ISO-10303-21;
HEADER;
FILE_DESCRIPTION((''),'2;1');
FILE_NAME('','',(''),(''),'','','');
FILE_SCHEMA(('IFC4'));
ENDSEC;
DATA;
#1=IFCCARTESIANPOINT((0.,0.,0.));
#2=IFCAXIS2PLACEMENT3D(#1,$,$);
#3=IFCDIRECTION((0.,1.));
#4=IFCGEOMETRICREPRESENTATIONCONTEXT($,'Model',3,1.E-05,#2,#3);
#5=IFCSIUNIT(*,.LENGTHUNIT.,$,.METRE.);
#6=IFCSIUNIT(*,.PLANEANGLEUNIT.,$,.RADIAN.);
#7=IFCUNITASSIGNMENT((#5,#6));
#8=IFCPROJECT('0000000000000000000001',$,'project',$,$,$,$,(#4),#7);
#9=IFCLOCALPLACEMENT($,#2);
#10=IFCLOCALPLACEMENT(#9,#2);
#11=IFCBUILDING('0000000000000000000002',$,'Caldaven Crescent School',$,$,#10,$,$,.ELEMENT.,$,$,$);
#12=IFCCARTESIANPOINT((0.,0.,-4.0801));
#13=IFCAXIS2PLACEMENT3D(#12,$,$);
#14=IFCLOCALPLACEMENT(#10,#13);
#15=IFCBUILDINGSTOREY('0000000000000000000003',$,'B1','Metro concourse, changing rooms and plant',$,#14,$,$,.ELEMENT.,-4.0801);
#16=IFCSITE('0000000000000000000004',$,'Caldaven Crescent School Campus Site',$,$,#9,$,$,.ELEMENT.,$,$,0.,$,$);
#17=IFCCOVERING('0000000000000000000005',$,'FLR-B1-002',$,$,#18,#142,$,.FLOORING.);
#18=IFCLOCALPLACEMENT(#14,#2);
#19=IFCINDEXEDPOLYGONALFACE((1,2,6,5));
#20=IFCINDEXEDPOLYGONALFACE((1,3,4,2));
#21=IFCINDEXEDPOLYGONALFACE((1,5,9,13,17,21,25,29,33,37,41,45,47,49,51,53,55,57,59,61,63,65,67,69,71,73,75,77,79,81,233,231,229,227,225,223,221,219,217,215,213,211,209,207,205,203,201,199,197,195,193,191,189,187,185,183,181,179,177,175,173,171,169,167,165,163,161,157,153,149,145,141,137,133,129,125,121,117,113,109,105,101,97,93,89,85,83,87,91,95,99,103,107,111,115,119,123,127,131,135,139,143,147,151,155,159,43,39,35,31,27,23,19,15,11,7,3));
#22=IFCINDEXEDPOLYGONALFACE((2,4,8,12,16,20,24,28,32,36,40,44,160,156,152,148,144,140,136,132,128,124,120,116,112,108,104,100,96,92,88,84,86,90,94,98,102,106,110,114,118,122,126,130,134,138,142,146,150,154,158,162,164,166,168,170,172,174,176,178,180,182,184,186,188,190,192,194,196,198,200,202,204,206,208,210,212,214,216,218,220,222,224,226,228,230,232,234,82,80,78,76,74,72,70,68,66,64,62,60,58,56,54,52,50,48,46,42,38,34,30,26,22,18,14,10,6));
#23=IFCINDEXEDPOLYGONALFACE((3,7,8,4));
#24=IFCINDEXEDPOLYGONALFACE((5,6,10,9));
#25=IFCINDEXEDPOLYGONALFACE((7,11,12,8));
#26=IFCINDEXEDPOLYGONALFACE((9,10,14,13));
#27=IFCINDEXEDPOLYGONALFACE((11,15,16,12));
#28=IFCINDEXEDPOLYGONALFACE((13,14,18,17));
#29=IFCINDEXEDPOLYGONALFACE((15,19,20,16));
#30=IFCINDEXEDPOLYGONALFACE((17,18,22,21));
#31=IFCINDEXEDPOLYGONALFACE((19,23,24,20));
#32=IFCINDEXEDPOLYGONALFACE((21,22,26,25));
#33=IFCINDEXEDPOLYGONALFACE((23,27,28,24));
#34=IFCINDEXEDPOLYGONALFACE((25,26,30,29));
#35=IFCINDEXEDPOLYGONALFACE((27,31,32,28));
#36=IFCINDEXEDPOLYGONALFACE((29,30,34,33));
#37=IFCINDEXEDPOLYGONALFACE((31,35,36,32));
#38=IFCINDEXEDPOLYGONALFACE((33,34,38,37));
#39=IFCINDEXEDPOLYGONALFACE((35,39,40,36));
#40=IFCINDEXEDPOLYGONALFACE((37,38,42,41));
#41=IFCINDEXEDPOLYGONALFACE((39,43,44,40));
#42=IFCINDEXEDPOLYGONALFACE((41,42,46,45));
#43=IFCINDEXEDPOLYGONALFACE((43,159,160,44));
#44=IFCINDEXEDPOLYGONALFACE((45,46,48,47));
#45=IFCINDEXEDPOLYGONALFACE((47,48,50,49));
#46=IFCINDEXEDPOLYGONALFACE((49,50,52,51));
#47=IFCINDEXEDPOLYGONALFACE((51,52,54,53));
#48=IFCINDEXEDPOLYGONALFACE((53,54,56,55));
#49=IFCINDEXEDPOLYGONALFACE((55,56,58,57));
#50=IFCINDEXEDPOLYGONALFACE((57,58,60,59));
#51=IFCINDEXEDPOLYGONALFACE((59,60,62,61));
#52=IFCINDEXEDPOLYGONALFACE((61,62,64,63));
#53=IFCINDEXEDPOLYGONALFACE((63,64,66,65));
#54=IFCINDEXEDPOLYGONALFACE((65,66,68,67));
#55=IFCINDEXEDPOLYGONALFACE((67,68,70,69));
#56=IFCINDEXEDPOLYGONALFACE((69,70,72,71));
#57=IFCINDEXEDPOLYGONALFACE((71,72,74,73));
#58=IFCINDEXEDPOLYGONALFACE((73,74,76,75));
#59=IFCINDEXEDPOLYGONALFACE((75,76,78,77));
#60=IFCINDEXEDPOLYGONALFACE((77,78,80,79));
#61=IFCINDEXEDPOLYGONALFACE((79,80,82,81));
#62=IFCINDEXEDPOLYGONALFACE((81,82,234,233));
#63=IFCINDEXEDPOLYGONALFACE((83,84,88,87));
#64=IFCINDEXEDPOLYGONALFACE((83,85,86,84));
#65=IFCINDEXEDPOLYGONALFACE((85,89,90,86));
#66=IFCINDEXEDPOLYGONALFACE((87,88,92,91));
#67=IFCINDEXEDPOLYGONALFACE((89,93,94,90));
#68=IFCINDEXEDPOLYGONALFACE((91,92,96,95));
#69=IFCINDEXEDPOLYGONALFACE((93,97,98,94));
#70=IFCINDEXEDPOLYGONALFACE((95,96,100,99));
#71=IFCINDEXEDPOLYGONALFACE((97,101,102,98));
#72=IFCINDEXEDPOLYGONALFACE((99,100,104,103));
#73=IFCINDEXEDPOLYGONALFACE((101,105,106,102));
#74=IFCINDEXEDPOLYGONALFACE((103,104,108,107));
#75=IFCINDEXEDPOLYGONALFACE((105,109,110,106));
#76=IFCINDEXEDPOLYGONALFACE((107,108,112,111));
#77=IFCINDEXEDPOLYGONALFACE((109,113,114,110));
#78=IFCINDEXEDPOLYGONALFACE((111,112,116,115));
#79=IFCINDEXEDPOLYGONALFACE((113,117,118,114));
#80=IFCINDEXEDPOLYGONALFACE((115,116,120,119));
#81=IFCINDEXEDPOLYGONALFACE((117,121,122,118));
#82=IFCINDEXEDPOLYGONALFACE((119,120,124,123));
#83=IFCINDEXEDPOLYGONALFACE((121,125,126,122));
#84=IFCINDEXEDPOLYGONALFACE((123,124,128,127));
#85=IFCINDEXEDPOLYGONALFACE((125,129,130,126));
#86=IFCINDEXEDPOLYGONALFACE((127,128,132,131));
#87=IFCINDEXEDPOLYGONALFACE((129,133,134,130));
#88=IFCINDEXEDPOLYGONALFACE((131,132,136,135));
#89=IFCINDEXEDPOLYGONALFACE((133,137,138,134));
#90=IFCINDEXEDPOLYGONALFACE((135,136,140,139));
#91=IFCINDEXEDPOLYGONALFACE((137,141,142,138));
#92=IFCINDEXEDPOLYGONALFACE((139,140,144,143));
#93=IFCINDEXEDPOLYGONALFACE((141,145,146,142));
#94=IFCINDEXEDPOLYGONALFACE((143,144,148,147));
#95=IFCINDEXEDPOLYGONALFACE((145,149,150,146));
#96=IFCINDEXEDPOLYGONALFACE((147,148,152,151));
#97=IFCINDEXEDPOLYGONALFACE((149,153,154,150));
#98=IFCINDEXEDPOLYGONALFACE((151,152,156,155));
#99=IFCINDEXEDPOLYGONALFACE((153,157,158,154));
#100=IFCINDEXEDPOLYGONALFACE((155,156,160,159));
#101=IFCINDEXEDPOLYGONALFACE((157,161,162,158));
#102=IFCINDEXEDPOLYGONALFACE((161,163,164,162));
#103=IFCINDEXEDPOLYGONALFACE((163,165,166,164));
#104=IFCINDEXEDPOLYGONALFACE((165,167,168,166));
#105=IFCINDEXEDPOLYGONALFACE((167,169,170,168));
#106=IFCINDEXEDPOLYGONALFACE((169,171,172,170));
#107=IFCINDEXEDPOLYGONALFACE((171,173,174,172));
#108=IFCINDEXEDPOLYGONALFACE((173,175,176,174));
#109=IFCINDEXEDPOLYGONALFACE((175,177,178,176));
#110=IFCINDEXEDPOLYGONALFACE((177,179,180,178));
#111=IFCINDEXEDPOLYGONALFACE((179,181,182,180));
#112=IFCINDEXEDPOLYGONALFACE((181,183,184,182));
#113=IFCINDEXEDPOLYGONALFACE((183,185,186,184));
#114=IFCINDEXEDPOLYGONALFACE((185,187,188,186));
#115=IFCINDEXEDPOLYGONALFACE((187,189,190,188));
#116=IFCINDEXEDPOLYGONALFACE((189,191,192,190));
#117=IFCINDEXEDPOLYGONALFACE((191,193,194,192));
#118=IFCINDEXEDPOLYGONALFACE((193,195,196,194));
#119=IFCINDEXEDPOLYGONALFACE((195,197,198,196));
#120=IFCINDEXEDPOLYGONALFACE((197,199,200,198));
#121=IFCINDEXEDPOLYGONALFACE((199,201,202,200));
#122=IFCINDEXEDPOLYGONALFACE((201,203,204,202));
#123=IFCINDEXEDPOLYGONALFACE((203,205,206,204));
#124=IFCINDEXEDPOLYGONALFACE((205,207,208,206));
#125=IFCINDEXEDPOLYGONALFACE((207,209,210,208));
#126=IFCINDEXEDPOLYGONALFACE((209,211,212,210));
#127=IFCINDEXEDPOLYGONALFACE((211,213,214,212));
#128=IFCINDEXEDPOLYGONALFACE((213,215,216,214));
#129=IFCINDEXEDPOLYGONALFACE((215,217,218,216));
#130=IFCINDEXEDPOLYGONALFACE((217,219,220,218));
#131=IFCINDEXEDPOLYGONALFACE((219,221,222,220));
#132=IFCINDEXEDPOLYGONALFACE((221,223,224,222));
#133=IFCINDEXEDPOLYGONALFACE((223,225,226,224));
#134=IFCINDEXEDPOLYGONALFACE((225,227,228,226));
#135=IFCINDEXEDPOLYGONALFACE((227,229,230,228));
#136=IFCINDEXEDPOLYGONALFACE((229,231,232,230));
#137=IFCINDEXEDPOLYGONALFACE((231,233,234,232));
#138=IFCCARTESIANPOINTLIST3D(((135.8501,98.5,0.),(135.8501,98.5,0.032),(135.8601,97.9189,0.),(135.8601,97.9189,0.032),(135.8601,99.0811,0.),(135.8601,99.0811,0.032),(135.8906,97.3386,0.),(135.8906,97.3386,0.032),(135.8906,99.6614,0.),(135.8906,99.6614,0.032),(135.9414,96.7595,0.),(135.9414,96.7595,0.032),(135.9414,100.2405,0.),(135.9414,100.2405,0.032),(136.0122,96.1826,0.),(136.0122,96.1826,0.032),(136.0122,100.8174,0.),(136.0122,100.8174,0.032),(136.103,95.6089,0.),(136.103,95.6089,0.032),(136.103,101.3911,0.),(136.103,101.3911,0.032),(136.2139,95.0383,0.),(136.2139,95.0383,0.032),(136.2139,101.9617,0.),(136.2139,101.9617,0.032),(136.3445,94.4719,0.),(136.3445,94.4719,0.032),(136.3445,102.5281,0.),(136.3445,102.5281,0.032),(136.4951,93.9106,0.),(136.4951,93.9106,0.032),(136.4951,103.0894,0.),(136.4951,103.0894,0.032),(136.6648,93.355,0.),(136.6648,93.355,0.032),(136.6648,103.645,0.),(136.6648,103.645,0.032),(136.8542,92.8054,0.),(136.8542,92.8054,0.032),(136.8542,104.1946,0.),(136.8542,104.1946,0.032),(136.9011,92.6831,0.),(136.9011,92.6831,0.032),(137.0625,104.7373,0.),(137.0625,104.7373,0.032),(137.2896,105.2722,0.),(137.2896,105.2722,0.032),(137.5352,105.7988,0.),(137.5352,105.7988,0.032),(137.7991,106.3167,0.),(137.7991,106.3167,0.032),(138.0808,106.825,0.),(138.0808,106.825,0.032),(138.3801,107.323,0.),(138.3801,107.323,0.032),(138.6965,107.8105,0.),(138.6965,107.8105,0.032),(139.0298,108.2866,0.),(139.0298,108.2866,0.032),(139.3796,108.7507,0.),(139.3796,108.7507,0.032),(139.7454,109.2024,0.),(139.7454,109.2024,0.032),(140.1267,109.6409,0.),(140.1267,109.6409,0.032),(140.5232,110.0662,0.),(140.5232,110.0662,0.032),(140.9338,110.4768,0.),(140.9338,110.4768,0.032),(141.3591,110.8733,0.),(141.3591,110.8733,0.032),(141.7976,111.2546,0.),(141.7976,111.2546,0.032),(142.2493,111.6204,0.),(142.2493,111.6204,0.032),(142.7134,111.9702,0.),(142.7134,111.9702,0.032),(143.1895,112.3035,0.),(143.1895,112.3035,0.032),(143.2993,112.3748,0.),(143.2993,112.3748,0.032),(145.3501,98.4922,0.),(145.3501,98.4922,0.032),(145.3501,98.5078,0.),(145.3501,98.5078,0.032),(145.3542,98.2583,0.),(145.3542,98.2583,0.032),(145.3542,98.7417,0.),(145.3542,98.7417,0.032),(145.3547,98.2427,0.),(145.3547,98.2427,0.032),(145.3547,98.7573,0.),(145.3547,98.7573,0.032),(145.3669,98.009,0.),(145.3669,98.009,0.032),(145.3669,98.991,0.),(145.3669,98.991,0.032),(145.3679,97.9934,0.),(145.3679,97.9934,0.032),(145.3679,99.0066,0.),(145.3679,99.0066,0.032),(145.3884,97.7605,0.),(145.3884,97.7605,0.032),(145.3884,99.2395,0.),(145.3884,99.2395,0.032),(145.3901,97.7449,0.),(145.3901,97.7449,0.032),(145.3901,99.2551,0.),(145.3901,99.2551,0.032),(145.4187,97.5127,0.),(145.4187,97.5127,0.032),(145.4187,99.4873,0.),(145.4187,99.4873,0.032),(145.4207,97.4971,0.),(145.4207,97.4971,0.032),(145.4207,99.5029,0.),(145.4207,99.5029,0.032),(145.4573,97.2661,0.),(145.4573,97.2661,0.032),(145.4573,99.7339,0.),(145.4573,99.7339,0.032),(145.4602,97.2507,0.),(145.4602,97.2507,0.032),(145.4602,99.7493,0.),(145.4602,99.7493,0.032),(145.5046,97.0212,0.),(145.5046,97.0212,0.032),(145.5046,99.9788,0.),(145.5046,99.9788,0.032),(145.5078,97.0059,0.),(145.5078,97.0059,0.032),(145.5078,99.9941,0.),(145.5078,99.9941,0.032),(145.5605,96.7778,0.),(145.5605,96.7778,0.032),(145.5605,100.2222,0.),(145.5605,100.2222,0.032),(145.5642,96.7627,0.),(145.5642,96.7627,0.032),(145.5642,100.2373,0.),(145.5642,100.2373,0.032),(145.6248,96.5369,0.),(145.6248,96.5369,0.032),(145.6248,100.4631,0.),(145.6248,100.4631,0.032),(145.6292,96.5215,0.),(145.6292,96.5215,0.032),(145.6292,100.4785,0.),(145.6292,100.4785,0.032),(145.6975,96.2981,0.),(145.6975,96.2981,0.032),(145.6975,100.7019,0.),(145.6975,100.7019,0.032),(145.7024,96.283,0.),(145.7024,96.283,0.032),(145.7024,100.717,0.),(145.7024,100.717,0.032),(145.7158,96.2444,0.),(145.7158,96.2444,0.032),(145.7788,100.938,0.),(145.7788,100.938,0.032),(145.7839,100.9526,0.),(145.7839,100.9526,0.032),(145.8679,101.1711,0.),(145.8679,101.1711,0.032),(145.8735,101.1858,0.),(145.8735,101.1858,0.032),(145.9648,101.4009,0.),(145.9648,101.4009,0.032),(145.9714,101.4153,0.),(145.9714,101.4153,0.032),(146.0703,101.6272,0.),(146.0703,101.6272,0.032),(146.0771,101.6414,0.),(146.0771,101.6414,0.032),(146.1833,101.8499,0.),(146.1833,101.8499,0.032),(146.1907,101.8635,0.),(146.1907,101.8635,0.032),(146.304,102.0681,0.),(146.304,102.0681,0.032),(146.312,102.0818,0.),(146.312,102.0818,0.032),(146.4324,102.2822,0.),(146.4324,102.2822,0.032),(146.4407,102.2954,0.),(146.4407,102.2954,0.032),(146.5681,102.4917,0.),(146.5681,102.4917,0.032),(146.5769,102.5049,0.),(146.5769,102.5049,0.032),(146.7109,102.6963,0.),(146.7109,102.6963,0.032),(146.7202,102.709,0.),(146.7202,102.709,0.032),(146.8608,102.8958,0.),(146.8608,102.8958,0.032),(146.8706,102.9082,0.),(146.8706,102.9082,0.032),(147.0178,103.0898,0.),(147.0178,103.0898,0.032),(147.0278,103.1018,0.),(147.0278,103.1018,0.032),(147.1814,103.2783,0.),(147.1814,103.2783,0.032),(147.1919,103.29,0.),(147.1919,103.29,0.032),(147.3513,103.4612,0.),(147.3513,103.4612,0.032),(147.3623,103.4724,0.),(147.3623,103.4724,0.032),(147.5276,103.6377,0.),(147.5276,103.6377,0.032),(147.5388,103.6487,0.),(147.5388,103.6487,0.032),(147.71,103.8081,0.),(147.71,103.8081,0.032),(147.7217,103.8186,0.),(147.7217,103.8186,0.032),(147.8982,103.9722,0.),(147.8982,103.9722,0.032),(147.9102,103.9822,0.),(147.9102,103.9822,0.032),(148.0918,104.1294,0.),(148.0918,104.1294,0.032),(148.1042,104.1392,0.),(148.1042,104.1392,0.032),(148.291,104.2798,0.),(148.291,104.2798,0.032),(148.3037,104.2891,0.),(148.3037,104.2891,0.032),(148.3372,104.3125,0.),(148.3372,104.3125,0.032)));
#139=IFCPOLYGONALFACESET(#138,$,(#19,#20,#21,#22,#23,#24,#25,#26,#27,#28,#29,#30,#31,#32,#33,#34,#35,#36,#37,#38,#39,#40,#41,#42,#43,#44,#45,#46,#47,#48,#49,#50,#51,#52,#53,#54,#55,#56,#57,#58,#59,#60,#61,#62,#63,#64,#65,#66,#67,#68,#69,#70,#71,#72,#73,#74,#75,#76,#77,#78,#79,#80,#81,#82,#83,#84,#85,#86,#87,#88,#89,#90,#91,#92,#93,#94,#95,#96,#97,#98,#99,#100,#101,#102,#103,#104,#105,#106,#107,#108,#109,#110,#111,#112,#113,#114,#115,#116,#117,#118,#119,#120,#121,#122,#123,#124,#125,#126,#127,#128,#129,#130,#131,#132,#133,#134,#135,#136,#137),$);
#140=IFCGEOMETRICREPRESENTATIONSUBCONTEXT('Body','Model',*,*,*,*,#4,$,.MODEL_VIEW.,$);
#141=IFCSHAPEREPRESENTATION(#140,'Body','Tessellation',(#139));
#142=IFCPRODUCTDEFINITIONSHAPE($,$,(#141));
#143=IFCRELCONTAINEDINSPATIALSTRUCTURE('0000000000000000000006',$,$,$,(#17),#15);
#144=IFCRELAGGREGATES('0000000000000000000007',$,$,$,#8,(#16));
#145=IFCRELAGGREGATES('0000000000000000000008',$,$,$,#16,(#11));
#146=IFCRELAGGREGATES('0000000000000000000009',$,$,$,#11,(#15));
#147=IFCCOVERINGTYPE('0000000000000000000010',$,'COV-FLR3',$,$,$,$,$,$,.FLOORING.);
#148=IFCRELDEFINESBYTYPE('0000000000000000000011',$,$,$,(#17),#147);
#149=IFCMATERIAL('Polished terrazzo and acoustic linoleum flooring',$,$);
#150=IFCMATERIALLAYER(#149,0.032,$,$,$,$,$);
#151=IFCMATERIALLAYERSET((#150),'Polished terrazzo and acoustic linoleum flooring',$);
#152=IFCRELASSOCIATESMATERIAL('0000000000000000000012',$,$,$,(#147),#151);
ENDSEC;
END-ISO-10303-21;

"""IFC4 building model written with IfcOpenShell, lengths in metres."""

from ifc_helpers import new_model, si_unit, direction, frame, origin, place, context, subcontext, project, spatial, polyline, outline, extrude, material, layer, layer_set, type_object, element, save


model = new_model("IFC4")

# Units and contexts
model_context = context("Model", 3, precision=1e-05, world=origin(), true_north=direction((0.0, 1.0)))
body_context = subcontext(model_context, "Body", "Model", "MODEL_VIEW")
ifc_project = project(units=[si_unit("LENGTHUNIT", "METRE"), si_unit("PLANEANGLEUNIT", "RADIAN")], contexts=[model_context])

# Site, building, storey
site_placement = place(None, origin())
site = spatial("IfcSite", under=ifc_project, at=site_placement, Name="Caldaven Crescent School Campus Site", CompositionType="ELEMENT", RefElevation=0.0)
building_placement = place(site_placement, origin())
building = spatial("IfcBuilding", under=site, at=building_placement, Name="Caldaven Crescent School", CompositionType="ELEMENT")
storey_placement = place(building_placement, frame((0.0, 0.0, -4.0801)))
storey = spatial("IfcBuildingStorey", under=building, at=storey_placement, Name="B1", Description="Metro concourse, changing rooms and plant", CompositionType="ELEMENT", Elevation=-4.0801)

# Covering
ifc_material_1 = material(Name="Polished terrazzo and acoustic linoleum flooring")
ifc_layer_1 = layer(ifc_material_1, 0.032)
ifc_layer_set_1 = layer_set([ifc_layer_1], Name="Polished terrazzo and acoustic linoleum flooring")
covering_type_1 = type_object("IfcCoveringType", Name="COV-FLR3", PredefinedType="FLOORING", material=ifc_layer_set_1)
covering_1_placement = place(storey_placement, origin())
element("IfcCovering", 1, at=covering_1_placement, inside=storey, type_object=covering_type_1, Name="FLR-B1-002", PredefinedType="FLOORING", context=body_context, shape_type="SweptSolid", body=[
    extrude(outline(polyline([(145.7158, 96.2444), (136.9011, 92.6831), (136.8542, 92.8054), (136.6648, 93.355), (136.4951, 93.9106), (136.3445, 94.4719), (136.2139, 95.0383), (136.103, 95.6089), (136.0122, 96.1826), (135.9414, 96.7595), (135.8906, 97.3386), (135.8601, 97.9189), (135.8501, 98.5), (135.8601, 99.0811), (135.8906, 99.6614), (135.9414, 100.2405), (136.0122, 100.8174), (136.103, 101.3911), (136.2139, 101.9617), (136.3445, 102.5281), (136.4951, 103.0894), (136.6648, 103.645), (136.8542, 104.1946), (137.0625, 104.7373), (137.2896, 105.2722), (137.5352, 105.7988), (137.7991, 106.3167), (138.0808, 106.825), (138.3801, 107.323), (138.6965, 107.8105), (139.0298, 108.2866), (139.3796, 108.7507), (139.7454, 109.2024), (140.1267, 109.6409), (140.5232, 110.0662), (140.9338, 110.4768), (141.3591, 110.8733), (141.7976, 111.2546), (142.2493, 111.6204), (142.7134, 111.9702), (143.1895, 112.3035), (143.2993, 112.3748), (148.3372, 104.3125), (148.3037, 104.2891), (148.291, 104.2798), (148.1042, 104.1392), (148.0918, 104.1294), (147.9102, 103.9822), (147.8982, 103.9722), (147.7217, 103.8186), (147.71, 103.8081), (147.5388, 103.6487), (147.5276, 103.6377), (147.3623, 103.4724), (147.3513, 103.4612), (147.1919, 103.29), (147.1814, 103.2783), (147.0278, 103.1018), (147.0178, 103.0898), (146.8706, 102.9082), (146.8608, 102.8958), (146.7202, 102.709), (146.7109, 102.6963), (146.5769, 102.5049), (146.5681, 102.4917), (146.4407, 102.2954), (146.4324, 102.2822), (146.312, 102.0818), (146.304, 102.0681), (146.1907, 101.8635), (146.1833, 101.8499), (146.0771, 101.6414), (146.0703, 101.6272), (145.9714, 101.4153), (145.9648, 101.4009), (145.8735, 101.1858), (145.8679, 101.1711), (145.7839, 100.9526), (145.7788, 100.938), (145.7024, 100.717), (145.6975, 100.7019), (145.6292, 100.4785), (145.6248, 100.4631), (145.5642, 100.2373), (145.5605, 100.2222), (145.5078, 99.9941), (145.5046, 99.9788), (145.4602, 99.7493), (145.4573, 99.7339), (145.4207, 99.5029), (145.4187, 99.4873), (145.3901, 99.2551), (145.3884, 99.2395), (145.3679, 99.0066), (145.3669, 98.991), (145.3547, 98.7573), (145.3542, 98.7417), (145.3501, 98.5078), (145.3501, 98.4922), (145.3542, 98.2583), (145.3547, 98.2427), (145.3669, 98.009), (145.3679, 97.9934), (145.3884, 97.7605), (145.3901, 97.7449), (145.4187, 97.5127), (145.4207, 97.4971), (145.4573, 97.2661), (145.4602, 97.2507), (145.5046, 97.0212), (145.5078, 97.0059), (145.5605, 96.7778), (145.5642, 96.7627), (145.6248, 96.5369), (145.6292, 96.5215), (145.6975, 96.2981), (145.7024, 96.283), (145.7158, 96.2444)])), origin(), (0.0, 0.0, 1.0), 0.032),
])

save(model, "model.ifc")
